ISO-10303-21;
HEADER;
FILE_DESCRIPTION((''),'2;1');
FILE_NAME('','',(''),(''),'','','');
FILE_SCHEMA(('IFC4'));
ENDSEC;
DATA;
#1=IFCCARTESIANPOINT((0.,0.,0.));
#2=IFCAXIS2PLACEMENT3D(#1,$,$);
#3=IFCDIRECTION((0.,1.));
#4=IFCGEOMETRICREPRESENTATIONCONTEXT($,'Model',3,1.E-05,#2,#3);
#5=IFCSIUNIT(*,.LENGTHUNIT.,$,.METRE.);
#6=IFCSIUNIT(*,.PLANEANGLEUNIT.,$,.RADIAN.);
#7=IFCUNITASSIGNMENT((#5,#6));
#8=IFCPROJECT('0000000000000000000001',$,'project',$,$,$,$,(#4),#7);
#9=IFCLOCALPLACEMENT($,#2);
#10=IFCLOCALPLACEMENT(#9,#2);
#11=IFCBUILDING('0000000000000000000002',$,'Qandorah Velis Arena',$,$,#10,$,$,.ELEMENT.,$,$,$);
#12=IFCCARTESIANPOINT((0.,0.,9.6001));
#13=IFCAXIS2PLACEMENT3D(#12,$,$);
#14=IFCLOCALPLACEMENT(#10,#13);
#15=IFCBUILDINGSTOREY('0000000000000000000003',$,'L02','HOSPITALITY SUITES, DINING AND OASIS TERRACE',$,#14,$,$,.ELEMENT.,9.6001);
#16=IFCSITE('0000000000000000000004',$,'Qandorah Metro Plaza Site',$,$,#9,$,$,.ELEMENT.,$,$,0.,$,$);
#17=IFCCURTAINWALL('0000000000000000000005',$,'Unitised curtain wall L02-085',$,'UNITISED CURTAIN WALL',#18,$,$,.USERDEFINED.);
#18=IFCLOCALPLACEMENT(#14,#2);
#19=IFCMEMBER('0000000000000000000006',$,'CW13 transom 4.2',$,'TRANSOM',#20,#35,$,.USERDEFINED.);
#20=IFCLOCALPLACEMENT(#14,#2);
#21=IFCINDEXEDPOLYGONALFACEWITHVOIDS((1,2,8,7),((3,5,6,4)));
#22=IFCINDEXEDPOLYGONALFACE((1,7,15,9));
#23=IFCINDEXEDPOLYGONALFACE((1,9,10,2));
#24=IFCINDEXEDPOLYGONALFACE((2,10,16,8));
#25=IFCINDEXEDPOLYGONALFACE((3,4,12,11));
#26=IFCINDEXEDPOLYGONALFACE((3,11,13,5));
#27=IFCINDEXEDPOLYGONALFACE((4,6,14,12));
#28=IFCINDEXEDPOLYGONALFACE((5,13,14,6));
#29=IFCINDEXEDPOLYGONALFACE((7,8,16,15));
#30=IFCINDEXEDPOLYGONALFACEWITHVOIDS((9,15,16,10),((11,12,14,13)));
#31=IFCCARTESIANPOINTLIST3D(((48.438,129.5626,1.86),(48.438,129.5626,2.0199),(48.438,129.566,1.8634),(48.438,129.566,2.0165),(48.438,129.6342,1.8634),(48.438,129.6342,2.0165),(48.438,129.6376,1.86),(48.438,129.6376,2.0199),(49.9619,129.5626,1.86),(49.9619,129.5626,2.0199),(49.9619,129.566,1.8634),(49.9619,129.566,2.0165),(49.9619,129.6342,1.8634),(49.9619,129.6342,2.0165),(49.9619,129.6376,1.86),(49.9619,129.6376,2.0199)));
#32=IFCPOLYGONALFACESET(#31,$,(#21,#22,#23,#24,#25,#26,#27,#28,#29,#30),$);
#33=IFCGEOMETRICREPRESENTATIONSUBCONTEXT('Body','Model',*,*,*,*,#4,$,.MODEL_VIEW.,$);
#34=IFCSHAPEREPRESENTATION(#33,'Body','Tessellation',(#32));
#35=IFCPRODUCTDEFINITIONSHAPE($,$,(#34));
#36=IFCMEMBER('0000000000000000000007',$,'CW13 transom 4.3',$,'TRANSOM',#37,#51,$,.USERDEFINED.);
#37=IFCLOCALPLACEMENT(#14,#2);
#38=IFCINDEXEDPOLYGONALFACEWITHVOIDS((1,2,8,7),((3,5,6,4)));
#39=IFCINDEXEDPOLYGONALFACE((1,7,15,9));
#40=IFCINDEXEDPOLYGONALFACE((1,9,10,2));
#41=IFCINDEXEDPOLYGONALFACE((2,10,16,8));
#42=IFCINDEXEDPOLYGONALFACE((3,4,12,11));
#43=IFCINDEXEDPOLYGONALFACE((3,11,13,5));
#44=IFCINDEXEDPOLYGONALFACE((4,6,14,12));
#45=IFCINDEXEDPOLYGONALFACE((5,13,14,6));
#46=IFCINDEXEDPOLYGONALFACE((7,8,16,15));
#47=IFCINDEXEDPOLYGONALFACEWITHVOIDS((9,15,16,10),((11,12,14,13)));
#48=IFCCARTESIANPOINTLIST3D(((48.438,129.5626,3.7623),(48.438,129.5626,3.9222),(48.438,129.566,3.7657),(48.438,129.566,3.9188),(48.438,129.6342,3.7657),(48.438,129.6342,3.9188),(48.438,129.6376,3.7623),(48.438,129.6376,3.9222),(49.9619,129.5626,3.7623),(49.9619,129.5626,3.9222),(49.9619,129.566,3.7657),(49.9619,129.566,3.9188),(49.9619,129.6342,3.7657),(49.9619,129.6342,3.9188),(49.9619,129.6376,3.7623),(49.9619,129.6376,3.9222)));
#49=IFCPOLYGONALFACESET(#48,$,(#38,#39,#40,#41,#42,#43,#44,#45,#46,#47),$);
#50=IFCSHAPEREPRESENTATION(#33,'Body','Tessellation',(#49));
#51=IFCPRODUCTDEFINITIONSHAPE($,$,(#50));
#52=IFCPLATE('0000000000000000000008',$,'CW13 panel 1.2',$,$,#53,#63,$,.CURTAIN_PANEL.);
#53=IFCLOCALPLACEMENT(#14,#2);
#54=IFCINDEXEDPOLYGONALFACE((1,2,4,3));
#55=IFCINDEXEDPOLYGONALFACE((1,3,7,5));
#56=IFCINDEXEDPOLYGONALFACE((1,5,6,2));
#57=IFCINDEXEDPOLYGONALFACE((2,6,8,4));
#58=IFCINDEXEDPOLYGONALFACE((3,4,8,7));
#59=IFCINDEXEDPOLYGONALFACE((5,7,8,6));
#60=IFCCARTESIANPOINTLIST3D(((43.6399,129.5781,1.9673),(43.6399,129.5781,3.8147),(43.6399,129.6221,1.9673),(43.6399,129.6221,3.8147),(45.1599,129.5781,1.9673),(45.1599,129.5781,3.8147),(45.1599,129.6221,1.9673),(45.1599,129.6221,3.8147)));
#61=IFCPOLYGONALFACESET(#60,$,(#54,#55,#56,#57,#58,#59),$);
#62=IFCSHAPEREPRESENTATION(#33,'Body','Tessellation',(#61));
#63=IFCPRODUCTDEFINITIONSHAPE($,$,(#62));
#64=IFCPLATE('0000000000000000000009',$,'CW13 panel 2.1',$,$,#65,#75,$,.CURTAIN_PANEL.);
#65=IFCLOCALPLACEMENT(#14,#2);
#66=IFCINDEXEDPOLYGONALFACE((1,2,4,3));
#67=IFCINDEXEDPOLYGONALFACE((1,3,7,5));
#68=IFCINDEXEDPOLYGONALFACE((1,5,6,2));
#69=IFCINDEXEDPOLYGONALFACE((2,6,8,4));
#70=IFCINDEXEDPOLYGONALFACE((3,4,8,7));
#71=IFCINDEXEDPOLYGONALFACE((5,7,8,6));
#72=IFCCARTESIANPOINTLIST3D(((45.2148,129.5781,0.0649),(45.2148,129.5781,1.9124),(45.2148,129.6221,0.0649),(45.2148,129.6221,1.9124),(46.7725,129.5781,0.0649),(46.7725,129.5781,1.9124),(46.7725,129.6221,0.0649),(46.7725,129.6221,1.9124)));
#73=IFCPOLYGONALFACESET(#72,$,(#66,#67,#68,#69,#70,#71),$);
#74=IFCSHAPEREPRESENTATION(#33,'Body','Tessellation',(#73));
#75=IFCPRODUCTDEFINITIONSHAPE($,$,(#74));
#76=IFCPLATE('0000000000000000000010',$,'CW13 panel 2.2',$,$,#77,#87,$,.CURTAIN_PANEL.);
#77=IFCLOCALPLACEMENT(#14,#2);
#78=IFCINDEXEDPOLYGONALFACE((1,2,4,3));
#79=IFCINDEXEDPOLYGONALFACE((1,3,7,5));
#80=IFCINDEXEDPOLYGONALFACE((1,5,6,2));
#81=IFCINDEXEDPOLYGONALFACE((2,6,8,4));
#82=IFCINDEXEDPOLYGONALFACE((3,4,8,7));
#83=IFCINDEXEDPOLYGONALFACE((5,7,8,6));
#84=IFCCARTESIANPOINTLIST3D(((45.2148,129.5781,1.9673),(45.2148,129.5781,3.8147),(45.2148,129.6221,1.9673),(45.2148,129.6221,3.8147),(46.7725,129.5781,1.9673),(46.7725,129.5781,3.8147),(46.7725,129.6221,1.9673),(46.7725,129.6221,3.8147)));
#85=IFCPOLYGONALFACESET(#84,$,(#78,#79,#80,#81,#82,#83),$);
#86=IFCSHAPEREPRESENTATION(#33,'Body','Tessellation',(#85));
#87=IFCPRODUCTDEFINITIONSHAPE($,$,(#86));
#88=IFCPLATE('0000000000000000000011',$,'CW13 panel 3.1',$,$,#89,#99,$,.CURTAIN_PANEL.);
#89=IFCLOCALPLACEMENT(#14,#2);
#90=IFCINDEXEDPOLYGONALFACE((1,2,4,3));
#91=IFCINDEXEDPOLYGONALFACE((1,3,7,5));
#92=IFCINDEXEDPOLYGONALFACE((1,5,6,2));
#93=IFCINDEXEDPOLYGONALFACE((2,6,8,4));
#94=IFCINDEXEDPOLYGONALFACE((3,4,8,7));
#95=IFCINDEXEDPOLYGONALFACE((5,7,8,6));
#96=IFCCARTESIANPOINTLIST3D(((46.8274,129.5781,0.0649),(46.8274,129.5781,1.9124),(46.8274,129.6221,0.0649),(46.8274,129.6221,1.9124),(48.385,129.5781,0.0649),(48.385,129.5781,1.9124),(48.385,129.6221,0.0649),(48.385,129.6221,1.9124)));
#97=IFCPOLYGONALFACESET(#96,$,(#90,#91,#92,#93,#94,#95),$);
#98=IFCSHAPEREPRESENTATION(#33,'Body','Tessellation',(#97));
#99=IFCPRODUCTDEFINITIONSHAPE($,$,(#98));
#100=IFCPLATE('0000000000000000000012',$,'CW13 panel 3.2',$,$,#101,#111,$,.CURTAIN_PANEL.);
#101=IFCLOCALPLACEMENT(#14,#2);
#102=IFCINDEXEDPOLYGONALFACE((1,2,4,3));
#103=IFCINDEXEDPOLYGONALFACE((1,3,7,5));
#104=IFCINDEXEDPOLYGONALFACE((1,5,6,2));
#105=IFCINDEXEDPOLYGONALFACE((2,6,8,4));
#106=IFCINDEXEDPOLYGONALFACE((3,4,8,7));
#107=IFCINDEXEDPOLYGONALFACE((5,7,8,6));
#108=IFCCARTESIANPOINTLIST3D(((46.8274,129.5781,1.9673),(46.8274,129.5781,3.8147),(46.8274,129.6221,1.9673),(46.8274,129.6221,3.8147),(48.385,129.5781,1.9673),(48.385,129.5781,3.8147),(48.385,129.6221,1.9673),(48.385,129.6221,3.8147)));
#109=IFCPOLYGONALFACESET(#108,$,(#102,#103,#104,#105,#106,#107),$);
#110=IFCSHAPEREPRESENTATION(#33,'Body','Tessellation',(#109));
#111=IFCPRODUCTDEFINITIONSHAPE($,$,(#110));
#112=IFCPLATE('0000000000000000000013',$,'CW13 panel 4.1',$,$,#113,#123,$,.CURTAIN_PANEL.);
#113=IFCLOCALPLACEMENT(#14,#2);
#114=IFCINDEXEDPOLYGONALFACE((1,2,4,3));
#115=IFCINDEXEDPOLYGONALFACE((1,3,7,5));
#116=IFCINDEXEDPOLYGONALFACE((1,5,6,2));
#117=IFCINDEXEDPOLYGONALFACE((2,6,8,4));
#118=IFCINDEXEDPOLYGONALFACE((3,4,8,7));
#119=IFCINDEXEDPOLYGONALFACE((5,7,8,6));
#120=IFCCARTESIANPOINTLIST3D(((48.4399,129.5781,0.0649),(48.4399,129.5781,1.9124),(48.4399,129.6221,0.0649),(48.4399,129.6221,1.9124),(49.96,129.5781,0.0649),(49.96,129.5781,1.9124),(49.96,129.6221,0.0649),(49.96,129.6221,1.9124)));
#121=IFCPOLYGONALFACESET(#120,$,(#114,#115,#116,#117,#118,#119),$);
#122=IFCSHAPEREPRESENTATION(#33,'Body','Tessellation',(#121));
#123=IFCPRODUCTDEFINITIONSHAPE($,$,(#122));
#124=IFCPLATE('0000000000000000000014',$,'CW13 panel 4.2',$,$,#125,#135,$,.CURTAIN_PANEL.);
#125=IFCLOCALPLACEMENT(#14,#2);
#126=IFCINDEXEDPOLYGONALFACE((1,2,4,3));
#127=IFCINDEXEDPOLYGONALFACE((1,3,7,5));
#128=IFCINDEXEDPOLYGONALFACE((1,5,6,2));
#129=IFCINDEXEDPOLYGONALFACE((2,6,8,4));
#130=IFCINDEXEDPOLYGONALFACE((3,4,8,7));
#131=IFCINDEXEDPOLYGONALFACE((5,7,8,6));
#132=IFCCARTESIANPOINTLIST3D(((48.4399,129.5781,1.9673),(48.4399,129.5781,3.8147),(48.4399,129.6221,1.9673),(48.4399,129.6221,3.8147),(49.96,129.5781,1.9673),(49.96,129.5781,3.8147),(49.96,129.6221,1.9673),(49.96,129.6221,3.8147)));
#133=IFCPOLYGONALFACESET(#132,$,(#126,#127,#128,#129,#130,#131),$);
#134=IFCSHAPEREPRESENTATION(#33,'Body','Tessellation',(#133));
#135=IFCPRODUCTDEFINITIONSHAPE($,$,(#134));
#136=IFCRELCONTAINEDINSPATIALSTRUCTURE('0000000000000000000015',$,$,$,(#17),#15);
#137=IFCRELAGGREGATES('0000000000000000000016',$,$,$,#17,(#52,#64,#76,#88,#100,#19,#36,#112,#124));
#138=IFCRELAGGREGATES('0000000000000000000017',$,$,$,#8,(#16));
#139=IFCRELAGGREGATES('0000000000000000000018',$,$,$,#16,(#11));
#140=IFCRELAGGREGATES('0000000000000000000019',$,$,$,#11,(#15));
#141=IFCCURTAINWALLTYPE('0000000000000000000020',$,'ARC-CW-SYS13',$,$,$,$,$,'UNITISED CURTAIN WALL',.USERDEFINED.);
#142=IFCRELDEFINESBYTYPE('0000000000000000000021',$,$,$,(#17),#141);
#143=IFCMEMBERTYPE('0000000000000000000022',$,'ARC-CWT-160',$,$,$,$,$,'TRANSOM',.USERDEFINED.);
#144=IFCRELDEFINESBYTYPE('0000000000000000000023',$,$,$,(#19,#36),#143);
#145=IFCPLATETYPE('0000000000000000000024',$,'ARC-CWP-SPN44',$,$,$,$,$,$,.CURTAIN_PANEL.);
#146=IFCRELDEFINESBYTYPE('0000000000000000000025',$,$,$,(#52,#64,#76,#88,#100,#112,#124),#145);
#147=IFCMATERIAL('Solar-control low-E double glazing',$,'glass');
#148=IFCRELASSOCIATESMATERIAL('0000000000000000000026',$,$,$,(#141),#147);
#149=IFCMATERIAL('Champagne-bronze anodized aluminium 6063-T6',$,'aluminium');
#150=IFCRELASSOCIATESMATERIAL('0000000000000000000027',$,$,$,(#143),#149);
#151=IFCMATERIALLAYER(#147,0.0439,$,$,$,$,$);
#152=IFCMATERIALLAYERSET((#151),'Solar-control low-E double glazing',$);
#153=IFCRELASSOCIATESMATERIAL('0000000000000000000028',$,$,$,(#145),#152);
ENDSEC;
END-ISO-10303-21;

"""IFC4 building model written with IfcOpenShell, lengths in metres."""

from ifc_helpers import new_model, si_unit, direction, frame, origin, origin_2d, place, context, subcontext, project, spatial, rectangle, hollow_rectangle, extrude, material, layer, layer_set, material_profile, profile_set, type_object, element, aggregate, save


model = new_model("IFC4")

# Units and contexts
model_context = context("Model", 3, precision=1e-05, world=origin(), true_north=direction((0.0, 1.0)))
body_context = subcontext(model_context, "Body", "Model", "MODEL_VIEW")
ifc_project = project(units=[si_unit("LENGTHUNIT", "METRE"), si_unit("PLANEANGLEUNIT", "RADIAN")], contexts=[model_context])

# Site, building, storey
site_placement = place(None, origin())
site = spatial("IfcSite", under=ifc_project, at=site_placement, Name="Qandorah Metro Plaza Site", CompositionType="ELEMENT", RefElevation=0.0)
building_placement = place(site_placement, origin())
building = spatial("IfcBuilding", under=site, at=building_placement, Name="Qandorah Velis Arena", CompositionType="ELEMENT")
storey_placement = place(building_placement, frame((0.0, 0.0, 9.6001)))
storey = spatial("IfcBuildingStorey", under=building, at=storey_placement, Name="L02", Description="HOSPITALITY SUITES, DINING AND OASIS TERRACE", CompositionType="ELEMENT", Elevation=9.6001)

# Curtain wall, members, plates
ifc_material_1 = material(Name="Solar-control low-E double glazing", Category="glass")
curtain_wall_type = type_object("IfcCurtainWallType", Name="ARC-CW-SYS13", ElementType="UNITISED CURTAIN WALL", PredefinedType="USERDEFINED", material=ifc_material_1)
curtain_wall_placement = place(storey_placement, origin())
curtain_wall = element("IfcCurtainWall", 1, at=curtain_wall_placement, inside=storey, type_object=curtain_wall_type, Name="Unitised curtain wall L02-085", ObjectType="UNITISED CURTAIN WALL", PredefinedType="USERDEFINED")
ifc_material_2 = material(Name="Champagne-bronze anodized aluminium 6063-T6", Category="aluminium")
ifc_material_profile_1 = material_profile(ifc_material_2, hollow_rectangle(XDim=0.075, YDim=0.1599, WallThickness=0.0034, at=origin_2d()), Name="ALU TRANSOM 75x160")
ifc_profile_set_1 = profile_set([ifc_material_profile_1], Name="Champagne-bronze anodized aluminium 6063-T6")
member_type_1 = type_object("IfcMemberType", Name="ARC-CWT-160", ElementType="TRANSOM", PredefinedType="USERDEFINED", material=ifc_profile_set_1)
member_1_placement = place(storey_placement, frame((48.438, 129.6001, 1.9399), z_axis=(1.0, 0.0, 0.0), x_axis=(0.0, 1.0, 0.0)))
member_1 = element("IfcMember", 2, at=member_1_placement, type_object=member_type_1, Name="CW13 transom 4.2", ObjectType="TRANSOM", PredefinedType="USERDEFINED", context=body_context, shape_type="SweptSolid", body=[
    extrude(hollow_rectangle(XDim=0.075, YDim=0.1599, WallThickness=0.0034, at=origin_2d()), origin(), (0.0, 0.0, 1.0), 1.5239),
])
member_2_placement = place(storey_placement, frame((48.438, 129.6001, 3.8423), z_axis=(1.0, 0.0, 0.0), x_axis=(0.0, 1.0, 0.0)))
member_2 = element("IfcMember", 3, at=member_2_placement, type_object=member_type_1, Name="CW13 transom 4.3", ObjectType="TRANSOM", PredefinedType="USERDEFINED", context=body_context, shape_type="SweptSolid", body=[
    extrude(hollow_rectangle(XDim=0.075, YDim=0.1599, WallThickness=0.0034, at=origin_2d()), origin(), (0.0, 0.0, 1.0), 1.5239),
])
ifc_layer = layer(ifc_material_1, 0.0439)
ifc_layer_set = layer_set([ifc_layer], Name="Solar-control low-E double glazing")
plate_type = type_object("IfcPlateType", Name="ARC-CWP-SPN44", PredefinedType="CURTAIN_PANEL", material=ifc_layer_set)
plate_1_placement = place(storey_placement, frame((44.3999, 129.6001, 1.9673), z_axis=(0.0, 0.0, 1.0), x_axis=(1.0, 0.0, 0.0)))
plate_1 = element("IfcPlate", 4, at=plate_1_placement, type_object=plate_type, Name="CW13 panel 1.2", PredefinedType="CURTAIN_PANEL", context=body_context, shape_type="SweptSolid", body=[
    extrude(rectangle(XDim=1.52, YDim=0.0439, at=origin_2d()), origin(), (0.0, 0.0, 1.0), 1.8474),
])
plate_2_placement = place(storey_placement, frame((45.9937, 129.6001, 0.0649), z_axis=(0.0, 0.0, 1.0), x_axis=(1.0, 0.0, 0.0)))
plate_2 = element("IfcPlate", 5, at=plate_2_placement, type_object=plate_type, Name="CW13 panel 2.1", PredefinedType="CURTAIN_PANEL", context=body_context, shape_type="SweptSolid", body=[
    extrude(rectangle(XDim=1.5576, YDim=0.0439, at=origin_2d()), origin(), (0.0, 0.0, 1.0), 1.8474),
])
plate_3_placement = place(storey_placement, frame((45.9937, 129.6001, 1.9673), z_axis=(0.0, 0.0, 1.0), x_axis=(1.0, 0.0, 0.0)))
plate_3 = element("IfcPlate", 6, at=plate_3_placement, type_object=plate_type, Name="CW13 panel 2.2", PredefinedType="CURTAIN_PANEL", context=body_context, shape_type="SweptSolid", body=[
    extrude(rectangle(XDim=1.5576, YDim=0.0439, at=origin_2d()), origin(), (0.0, 0.0, 1.0), 1.8474),
])
plate_4_placement = place(storey_placement, frame((47.6062, 129.6001, 0.0649), z_axis=(0.0, 0.0, 1.0), x_axis=(1.0, 0.0, 0.0)))
plate_4 = element("IfcPlate", 7, at=plate_4_placement, type_object=plate_type, Name="CW13 panel 3.1", PredefinedType="CURTAIN_PANEL", context=body_context, shape_type="SweptSolid", body=[
    extrude(rectangle(XDim=1.5576, YDim=0.0439, at=origin_2d()), origin(), (0.0, 0.0, 1.0), 1.8474),
])
plate_5_placement = place(storey_placement, frame((47.6062, 129.6001, 1.9673), z_axis=(0.0, 0.0, 1.0), x_axis=(1.0, 0.0, 0.0)))
plate_5 = element("IfcPlate", 8, at=plate_5_placement, type_object=plate_type, Name="CW13 panel 3.2", PredefinedType="CURTAIN_PANEL", context=body_context, shape_type="SweptSolid", body=[
    extrude(rectangle(XDim=1.5576, YDim=0.0439, at=origin_2d()), origin(), (0.0, 0.0, 1.0), 1.8474),
])
plate_6_placement = place(storey_placement, frame((49.2, 129.6001, 0.0649), z_axis=(0.0, 0.0, 1.0), x_axis=(1.0, 0.0, 0.0)))
plate_6 = element("IfcPlate", 9, at=plate_6_placement, type_object=plate_type, Name="CW13 panel 4.1", PredefinedType="CURTAIN_PANEL", context=body_context, shape_type="SweptSolid", body=[
    extrude(rectangle(XDim=1.52, YDim=0.0439, at=origin_2d()), origin(), (0.0, 0.0, 1.0), 1.8474),
])
plate_7_placement = place(storey_placement, frame((49.2, 129.6001, 1.9673), z_axis=(0.0, 0.0, 1.0), x_axis=(1.0, 0.0, 0.0)))
plate_7 = element("IfcPlate", 10, at=plate_7_placement, type_object=plate_type, Name="CW13 panel 4.2", PredefinedType="CURTAIN_PANEL", context=body_context, shape_type="SweptSolid", body=[
    extrude(rectangle(XDim=1.52, YDim=0.0439, at=origin_2d()), origin(), (0.0, 0.0, 1.0), 1.8474),
])
aggregate(curtain_wall, [plate_1, plate_2, plate_3, plate_4, plate_5, member_1, member_2, plate_6, plate_7])

save(model, "model.ifc")
